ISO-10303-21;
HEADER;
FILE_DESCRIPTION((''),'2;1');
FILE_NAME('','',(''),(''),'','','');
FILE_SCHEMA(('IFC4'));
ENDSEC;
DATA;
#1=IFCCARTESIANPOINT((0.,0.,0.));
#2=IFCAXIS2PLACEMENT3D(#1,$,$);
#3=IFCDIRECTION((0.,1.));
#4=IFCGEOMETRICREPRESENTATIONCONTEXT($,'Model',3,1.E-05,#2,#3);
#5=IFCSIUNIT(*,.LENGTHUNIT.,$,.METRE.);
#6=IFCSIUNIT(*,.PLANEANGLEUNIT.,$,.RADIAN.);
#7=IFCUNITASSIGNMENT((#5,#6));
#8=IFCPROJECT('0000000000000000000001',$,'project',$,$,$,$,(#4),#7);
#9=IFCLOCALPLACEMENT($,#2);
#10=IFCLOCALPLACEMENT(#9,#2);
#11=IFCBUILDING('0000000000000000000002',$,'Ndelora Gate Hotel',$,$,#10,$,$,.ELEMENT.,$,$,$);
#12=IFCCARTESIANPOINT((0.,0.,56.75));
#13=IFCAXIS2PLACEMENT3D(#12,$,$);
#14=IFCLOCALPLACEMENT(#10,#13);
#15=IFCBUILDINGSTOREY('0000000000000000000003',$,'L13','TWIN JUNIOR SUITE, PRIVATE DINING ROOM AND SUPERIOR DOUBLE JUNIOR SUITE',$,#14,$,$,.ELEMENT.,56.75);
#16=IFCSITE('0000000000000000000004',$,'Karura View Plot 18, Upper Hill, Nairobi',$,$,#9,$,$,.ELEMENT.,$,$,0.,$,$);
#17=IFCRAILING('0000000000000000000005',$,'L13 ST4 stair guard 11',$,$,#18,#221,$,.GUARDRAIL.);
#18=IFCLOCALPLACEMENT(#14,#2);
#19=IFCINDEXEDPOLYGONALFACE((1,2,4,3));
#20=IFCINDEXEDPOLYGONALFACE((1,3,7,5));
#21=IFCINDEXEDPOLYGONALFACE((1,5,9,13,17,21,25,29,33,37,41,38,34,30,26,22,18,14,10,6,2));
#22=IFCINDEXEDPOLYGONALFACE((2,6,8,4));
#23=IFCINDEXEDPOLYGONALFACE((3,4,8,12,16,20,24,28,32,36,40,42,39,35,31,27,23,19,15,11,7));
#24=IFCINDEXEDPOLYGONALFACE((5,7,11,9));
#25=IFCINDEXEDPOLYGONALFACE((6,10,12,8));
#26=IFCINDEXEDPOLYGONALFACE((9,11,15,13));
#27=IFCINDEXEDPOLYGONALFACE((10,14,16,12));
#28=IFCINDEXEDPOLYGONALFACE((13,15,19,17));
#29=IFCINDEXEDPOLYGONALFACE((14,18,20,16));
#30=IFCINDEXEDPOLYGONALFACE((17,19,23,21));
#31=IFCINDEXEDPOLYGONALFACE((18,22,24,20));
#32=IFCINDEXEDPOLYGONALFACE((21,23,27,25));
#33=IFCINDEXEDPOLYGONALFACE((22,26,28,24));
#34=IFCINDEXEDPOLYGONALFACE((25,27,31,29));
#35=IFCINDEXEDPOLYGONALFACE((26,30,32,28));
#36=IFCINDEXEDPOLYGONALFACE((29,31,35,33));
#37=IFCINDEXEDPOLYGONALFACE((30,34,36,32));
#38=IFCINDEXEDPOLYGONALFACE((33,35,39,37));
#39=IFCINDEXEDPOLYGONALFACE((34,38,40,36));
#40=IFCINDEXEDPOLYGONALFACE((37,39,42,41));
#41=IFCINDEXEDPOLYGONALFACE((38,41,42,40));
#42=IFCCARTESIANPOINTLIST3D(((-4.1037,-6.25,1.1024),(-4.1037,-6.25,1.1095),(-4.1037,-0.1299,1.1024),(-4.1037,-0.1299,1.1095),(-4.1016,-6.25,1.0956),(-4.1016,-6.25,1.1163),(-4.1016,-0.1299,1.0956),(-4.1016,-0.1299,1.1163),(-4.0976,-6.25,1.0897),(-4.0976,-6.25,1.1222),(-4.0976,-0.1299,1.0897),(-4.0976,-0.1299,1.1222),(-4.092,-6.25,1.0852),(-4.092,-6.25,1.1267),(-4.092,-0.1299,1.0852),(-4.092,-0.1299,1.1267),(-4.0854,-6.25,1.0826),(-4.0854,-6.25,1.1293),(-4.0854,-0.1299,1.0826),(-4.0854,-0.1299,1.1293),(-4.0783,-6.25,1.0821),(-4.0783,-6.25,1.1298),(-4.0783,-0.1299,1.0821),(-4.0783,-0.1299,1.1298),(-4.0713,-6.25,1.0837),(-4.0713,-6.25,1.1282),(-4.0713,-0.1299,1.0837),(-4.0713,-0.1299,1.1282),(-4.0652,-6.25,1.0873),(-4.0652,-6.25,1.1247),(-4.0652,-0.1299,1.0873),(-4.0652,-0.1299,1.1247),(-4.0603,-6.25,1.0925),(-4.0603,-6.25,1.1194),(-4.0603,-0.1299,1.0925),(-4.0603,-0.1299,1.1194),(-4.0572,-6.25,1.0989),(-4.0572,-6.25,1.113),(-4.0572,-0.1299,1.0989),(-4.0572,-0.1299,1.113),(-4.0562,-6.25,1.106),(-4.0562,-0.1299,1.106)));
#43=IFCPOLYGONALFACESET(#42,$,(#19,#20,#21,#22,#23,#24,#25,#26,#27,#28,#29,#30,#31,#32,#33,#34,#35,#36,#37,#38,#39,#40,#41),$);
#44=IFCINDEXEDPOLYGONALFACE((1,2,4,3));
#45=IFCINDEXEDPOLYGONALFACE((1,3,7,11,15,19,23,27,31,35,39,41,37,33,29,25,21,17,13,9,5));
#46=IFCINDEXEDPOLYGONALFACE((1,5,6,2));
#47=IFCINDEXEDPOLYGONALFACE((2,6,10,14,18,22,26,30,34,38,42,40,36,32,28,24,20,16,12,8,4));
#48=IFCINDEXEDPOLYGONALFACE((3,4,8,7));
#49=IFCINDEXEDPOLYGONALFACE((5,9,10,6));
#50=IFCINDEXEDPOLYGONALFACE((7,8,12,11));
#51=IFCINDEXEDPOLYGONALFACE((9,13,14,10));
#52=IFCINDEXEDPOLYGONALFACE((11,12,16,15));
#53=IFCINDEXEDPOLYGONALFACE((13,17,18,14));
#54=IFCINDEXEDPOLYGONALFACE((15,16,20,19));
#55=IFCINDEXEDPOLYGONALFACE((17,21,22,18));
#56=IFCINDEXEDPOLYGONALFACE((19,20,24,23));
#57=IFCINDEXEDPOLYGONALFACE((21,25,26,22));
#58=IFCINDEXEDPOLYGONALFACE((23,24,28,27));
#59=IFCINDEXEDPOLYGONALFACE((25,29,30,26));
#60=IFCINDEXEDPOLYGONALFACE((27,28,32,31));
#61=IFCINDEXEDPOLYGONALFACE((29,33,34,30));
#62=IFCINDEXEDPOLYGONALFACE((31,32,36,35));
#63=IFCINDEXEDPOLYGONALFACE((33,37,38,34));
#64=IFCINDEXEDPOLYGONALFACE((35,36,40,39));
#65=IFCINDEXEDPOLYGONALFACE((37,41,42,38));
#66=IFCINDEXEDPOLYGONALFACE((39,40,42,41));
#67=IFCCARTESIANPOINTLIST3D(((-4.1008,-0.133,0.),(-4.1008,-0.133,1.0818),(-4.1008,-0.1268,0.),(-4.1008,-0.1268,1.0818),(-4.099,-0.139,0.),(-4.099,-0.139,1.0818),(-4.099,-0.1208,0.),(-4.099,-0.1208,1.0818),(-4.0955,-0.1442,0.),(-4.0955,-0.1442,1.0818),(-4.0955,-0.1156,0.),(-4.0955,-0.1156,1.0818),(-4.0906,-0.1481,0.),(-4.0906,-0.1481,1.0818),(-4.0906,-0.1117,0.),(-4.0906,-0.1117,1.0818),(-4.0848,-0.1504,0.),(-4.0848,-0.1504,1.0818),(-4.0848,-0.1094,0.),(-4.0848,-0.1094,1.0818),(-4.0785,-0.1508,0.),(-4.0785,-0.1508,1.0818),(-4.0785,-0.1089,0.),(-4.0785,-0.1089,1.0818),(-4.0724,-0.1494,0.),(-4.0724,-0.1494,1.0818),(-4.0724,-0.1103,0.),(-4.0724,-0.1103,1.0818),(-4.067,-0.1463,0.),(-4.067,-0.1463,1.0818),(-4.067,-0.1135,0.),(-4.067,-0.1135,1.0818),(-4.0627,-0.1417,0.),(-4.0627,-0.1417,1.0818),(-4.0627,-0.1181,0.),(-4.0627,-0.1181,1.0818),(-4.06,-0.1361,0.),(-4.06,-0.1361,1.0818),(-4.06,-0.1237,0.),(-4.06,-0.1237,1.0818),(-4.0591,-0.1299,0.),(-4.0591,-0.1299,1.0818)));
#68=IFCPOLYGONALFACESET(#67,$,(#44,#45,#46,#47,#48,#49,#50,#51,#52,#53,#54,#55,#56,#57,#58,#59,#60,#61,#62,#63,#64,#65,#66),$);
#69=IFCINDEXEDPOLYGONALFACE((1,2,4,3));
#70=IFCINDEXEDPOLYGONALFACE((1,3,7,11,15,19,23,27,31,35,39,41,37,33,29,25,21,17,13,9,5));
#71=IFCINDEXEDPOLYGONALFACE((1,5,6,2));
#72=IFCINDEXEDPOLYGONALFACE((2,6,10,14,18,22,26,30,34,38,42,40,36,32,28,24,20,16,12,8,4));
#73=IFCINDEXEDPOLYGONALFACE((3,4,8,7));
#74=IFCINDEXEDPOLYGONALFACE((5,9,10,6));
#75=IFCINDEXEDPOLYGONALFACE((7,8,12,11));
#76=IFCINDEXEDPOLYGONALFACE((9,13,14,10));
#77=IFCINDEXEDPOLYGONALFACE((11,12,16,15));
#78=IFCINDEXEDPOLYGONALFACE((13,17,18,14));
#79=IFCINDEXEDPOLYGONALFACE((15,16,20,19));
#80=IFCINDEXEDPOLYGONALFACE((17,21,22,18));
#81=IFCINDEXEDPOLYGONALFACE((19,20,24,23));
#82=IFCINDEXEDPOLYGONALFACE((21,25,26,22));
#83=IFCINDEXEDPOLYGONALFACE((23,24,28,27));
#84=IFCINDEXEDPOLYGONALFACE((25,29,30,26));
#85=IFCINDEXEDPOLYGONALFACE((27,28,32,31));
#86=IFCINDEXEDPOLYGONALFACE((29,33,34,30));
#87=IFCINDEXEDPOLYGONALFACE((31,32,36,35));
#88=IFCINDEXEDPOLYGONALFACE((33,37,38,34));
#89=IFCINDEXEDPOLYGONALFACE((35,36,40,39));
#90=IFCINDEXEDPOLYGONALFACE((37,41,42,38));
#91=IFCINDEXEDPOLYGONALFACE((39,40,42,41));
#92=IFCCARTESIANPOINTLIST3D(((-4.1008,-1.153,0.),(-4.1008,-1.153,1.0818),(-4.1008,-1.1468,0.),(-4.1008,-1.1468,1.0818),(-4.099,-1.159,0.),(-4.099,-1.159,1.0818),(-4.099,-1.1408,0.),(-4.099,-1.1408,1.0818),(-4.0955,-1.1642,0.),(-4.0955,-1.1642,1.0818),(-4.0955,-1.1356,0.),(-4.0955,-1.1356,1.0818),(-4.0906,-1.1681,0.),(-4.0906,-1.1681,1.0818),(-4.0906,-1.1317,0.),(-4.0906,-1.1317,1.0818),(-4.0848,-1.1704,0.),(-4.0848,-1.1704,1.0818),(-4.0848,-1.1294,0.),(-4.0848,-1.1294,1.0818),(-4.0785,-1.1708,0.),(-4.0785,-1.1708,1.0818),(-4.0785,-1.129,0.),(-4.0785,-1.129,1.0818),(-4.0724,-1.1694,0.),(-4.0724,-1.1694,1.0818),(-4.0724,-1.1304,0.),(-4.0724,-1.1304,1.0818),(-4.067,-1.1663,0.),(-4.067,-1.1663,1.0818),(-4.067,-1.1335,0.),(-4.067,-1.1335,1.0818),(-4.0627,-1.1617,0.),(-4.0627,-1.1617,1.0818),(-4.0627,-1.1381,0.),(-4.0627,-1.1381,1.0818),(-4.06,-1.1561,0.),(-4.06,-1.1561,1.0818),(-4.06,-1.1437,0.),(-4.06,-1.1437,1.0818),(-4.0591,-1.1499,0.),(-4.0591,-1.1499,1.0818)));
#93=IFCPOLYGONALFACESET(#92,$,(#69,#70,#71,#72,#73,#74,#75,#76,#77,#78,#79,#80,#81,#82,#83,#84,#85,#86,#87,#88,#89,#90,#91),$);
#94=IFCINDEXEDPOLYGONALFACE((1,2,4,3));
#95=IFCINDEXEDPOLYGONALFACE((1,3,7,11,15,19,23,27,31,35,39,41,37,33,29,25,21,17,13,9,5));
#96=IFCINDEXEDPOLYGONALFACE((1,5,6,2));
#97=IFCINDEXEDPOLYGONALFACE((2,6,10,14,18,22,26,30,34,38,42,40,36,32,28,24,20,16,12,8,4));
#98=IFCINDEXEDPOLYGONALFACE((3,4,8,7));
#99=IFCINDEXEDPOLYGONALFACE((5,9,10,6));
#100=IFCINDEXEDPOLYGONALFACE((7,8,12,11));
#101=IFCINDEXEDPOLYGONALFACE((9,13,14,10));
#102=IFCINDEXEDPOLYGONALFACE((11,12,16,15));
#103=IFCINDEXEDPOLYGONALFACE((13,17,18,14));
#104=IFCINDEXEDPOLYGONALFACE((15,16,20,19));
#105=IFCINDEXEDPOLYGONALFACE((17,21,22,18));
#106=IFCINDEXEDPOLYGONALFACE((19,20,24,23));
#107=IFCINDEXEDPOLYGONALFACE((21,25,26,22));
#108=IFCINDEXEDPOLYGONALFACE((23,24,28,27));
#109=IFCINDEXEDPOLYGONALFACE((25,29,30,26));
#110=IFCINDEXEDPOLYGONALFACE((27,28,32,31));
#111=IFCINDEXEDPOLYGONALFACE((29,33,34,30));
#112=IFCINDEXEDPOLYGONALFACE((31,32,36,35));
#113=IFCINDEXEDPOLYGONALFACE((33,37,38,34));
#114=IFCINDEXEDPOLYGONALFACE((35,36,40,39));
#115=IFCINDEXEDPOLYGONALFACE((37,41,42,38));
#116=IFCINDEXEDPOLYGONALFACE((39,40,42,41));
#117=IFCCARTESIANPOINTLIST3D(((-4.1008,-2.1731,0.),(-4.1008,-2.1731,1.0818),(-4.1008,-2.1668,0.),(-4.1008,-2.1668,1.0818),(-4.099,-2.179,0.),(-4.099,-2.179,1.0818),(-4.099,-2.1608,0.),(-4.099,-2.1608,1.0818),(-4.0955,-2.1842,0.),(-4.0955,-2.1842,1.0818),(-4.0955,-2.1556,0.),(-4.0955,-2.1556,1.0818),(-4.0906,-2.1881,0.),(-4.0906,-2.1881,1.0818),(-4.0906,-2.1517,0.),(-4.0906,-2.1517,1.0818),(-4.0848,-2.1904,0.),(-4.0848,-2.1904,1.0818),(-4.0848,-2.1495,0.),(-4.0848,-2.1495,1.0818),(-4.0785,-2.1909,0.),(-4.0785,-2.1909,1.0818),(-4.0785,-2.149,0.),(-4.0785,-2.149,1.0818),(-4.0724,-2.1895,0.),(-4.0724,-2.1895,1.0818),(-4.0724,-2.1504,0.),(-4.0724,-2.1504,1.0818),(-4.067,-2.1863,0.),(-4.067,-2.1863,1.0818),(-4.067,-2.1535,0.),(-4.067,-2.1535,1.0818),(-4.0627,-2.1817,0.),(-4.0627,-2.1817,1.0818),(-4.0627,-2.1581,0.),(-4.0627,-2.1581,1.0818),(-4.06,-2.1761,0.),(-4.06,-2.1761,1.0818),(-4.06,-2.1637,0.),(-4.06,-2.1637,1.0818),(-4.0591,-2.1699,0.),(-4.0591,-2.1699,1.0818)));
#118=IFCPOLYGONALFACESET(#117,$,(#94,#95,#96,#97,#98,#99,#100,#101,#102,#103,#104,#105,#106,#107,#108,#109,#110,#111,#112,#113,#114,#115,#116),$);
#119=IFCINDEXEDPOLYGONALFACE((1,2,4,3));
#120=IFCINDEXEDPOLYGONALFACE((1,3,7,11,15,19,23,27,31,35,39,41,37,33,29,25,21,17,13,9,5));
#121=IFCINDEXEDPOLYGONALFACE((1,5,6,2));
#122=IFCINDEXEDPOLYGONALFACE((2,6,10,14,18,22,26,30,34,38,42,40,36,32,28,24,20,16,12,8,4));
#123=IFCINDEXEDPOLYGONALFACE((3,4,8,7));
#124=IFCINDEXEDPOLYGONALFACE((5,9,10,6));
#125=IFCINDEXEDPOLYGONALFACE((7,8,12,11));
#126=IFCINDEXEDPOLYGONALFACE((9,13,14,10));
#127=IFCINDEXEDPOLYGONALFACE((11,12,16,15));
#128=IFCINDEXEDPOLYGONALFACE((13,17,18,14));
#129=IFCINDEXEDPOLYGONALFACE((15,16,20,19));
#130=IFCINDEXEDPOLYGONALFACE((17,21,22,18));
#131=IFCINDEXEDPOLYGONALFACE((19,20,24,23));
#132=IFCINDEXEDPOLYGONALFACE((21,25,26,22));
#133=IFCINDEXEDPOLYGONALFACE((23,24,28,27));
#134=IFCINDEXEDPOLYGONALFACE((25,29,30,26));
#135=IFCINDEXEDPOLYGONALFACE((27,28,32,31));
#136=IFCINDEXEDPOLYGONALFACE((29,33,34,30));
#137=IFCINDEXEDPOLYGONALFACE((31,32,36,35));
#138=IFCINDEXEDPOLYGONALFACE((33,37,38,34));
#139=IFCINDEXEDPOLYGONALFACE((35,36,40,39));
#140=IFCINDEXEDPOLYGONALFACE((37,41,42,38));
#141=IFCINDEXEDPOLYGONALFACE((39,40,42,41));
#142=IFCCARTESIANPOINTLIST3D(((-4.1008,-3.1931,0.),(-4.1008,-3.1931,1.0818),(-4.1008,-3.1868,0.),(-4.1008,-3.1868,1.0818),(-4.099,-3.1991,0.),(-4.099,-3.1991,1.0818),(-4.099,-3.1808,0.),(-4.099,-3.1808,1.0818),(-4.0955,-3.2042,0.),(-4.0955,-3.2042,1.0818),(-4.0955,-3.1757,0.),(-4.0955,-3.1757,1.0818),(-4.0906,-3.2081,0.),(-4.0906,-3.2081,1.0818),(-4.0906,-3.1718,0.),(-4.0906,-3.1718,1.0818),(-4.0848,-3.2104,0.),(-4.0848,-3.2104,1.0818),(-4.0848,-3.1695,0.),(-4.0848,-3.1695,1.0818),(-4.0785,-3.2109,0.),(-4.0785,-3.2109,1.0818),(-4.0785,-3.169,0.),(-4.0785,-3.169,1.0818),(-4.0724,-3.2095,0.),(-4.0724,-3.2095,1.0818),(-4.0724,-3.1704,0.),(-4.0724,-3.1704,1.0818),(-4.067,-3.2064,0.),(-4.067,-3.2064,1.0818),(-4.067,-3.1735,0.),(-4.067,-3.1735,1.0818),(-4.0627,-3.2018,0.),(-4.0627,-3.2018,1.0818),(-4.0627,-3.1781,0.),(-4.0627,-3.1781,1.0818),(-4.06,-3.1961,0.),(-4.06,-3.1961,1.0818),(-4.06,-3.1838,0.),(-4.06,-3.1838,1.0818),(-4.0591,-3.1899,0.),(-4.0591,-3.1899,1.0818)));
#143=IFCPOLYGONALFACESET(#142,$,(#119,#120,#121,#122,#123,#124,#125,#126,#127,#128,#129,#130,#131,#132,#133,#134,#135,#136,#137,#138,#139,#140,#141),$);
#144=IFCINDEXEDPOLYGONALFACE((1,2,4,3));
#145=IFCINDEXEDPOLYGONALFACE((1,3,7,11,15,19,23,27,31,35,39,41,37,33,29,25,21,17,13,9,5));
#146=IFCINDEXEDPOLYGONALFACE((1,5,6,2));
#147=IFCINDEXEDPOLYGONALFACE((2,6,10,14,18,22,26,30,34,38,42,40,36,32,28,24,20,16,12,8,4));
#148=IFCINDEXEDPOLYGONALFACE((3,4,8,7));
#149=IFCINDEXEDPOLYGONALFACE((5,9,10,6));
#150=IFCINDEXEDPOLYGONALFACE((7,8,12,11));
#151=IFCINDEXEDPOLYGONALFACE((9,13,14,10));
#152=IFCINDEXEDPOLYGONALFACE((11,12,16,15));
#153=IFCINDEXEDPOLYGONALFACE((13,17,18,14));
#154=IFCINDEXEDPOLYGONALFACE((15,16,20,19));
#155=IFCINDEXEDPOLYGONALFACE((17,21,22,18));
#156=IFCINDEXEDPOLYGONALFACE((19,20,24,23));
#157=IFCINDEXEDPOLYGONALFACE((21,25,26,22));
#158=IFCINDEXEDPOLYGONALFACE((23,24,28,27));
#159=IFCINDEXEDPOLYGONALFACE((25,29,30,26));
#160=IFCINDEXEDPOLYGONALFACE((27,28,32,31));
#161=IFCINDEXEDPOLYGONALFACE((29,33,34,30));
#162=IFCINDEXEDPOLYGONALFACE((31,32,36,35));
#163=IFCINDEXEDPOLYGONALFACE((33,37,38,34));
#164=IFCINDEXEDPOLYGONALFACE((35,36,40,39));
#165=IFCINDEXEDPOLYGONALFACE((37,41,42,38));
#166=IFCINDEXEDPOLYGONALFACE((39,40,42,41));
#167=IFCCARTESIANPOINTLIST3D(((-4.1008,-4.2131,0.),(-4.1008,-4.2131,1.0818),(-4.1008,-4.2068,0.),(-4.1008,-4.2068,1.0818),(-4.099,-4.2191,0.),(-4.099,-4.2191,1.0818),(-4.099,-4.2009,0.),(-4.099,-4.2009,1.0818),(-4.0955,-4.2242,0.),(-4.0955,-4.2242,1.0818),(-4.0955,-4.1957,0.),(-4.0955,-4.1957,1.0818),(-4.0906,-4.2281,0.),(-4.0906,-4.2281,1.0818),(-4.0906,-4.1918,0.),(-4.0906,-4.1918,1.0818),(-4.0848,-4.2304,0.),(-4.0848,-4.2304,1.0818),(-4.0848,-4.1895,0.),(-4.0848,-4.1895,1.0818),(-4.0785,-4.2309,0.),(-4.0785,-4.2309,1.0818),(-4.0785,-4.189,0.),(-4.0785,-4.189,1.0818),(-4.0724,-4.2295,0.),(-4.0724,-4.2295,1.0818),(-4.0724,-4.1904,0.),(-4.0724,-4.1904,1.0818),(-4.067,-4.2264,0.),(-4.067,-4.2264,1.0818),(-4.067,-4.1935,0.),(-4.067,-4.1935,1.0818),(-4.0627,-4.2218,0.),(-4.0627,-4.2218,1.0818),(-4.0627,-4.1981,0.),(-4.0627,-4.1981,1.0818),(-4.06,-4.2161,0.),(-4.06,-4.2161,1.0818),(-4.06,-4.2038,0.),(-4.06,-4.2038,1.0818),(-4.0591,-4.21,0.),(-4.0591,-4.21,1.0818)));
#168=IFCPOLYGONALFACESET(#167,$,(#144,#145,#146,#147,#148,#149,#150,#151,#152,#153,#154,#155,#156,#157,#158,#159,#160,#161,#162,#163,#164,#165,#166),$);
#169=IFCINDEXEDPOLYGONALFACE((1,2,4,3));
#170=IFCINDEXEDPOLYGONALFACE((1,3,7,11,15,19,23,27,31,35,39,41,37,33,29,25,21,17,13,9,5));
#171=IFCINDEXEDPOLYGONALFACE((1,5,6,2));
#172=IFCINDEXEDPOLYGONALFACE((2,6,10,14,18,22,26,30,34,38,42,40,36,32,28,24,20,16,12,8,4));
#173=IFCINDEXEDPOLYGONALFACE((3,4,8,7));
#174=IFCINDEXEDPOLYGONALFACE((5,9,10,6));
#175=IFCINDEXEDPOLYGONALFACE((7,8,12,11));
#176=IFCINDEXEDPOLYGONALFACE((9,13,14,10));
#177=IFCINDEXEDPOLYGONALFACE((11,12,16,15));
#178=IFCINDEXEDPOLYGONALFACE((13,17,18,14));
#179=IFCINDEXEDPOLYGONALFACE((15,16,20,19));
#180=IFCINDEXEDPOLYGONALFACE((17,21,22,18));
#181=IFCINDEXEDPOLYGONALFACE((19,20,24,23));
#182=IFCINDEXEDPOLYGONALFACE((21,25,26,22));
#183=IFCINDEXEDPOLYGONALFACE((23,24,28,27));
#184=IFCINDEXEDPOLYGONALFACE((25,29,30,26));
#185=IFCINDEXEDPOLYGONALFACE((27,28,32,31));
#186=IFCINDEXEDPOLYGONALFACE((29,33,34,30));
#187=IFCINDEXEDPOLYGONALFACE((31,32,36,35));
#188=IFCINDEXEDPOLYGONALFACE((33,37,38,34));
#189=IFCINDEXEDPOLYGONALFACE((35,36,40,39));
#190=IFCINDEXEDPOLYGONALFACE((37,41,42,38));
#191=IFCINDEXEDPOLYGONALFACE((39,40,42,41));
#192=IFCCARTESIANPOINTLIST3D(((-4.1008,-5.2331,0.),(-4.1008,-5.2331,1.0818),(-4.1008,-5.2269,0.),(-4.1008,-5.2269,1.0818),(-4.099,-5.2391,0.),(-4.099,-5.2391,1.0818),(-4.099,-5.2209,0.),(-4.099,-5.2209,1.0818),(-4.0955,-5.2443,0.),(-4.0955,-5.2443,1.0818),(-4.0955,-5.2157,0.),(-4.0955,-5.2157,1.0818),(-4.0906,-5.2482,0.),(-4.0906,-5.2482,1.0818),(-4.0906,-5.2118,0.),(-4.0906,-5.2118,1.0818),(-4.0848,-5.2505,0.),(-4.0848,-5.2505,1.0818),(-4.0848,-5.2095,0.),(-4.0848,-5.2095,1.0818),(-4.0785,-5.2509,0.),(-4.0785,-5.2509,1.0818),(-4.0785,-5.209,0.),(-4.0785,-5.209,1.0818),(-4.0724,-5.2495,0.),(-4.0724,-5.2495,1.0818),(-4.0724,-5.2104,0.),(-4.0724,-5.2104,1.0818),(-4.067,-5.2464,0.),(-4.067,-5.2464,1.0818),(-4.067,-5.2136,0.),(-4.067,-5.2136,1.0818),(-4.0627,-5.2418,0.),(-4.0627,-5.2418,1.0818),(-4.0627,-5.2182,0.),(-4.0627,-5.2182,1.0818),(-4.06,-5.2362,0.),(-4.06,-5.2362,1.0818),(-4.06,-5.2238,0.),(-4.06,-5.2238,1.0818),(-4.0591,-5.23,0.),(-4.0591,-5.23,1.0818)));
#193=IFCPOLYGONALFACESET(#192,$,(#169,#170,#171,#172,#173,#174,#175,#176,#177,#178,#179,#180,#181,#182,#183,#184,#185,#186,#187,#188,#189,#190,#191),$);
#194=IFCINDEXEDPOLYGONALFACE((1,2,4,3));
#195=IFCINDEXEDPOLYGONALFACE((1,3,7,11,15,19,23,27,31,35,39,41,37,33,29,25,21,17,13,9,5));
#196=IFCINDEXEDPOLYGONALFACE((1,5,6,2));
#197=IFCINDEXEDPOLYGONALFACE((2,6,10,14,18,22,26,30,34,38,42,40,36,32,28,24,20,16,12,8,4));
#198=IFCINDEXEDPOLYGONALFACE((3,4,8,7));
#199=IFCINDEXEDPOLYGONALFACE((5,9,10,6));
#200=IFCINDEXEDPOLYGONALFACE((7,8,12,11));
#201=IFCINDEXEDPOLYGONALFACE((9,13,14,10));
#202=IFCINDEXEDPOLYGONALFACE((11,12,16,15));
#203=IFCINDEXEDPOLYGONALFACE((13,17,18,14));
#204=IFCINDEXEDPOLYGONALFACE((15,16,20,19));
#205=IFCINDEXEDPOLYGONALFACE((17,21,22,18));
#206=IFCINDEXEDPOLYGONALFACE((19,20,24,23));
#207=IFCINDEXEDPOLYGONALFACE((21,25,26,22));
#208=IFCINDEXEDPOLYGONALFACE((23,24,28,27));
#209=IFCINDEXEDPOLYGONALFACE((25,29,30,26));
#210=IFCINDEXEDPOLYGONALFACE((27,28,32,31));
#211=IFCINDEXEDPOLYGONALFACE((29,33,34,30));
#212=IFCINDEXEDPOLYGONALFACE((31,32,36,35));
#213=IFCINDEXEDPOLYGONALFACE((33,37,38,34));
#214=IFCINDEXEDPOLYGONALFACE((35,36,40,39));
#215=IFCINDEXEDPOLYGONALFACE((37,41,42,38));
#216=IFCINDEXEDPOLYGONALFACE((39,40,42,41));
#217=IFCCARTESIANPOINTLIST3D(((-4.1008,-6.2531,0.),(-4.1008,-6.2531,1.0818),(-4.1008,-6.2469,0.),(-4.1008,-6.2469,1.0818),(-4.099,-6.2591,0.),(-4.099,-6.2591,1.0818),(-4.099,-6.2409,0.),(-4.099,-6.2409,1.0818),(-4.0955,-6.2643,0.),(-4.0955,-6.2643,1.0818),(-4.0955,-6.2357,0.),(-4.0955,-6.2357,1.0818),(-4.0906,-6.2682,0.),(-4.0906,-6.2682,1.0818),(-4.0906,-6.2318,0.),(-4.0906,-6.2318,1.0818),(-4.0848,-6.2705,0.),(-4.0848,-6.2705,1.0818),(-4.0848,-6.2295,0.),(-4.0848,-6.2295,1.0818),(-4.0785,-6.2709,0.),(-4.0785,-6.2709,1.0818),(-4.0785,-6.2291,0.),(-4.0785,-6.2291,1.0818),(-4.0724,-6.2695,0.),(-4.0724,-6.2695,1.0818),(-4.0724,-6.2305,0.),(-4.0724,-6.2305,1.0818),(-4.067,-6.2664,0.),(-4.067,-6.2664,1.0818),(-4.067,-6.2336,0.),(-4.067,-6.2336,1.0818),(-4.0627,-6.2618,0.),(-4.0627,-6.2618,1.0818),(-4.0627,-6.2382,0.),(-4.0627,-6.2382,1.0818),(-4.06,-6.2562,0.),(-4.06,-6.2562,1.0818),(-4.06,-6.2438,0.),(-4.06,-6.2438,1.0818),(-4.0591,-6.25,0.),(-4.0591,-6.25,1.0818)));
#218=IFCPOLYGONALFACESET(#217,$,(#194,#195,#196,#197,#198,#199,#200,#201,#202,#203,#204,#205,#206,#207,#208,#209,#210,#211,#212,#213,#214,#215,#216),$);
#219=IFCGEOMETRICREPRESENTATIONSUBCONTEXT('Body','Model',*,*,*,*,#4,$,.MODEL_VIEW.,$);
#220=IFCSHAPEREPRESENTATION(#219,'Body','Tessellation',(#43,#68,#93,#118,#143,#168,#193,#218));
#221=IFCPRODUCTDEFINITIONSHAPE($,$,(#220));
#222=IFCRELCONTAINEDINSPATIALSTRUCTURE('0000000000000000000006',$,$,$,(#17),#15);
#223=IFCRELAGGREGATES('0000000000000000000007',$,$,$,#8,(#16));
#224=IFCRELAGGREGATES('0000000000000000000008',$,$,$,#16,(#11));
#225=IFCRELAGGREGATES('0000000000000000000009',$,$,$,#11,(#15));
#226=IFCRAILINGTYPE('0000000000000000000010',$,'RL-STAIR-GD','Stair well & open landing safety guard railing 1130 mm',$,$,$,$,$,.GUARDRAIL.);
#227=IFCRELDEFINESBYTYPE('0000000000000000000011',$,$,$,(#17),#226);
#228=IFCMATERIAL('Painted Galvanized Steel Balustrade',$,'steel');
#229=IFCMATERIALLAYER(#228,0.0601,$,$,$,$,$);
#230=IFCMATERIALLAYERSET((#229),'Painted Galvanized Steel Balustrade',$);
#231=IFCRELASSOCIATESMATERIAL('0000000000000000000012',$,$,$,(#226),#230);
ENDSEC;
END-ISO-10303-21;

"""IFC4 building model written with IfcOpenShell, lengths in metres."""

from ifc_helpers import new_model, si_unit, direction, frame, origin, origin_2d, place, context, subcontext, project, spatial, circle, extrude, material, layer, layer_set, type_object, element, save


model = new_model("IFC4")

# Units and contexts
model_context = context("Model", 3, precision=1e-05, world=origin(), true_north=direction((0.0, 1.0)))
body_context = subcontext(model_context, "Body", "Model", "MODEL_VIEW")
ifc_project = project(units=[si_unit("LENGTHUNIT", "METRE"), si_unit("PLANEANGLEUNIT", "RADIAN")], contexts=[model_context])

# Site, building, storey
site_placement = place(None, origin())
site = spatial("IfcSite", under=ifc_project, at=site_placement, Name="Karura View Plot 18, Upper Hill, Nairobi", CompositionType="ELEMENT", RefElevation=0.0)
building_placement = place(site_placement, origin())
building = spatial("IfcBuilding", under=site, at=building_placement, Name="Ndelora Gate Hotel", CompositionType="ELEMENT")
storey_placement = place(building_placement, frame((0.0, 0.0, 56.75)))
storey = spatial("IfcBuildingStorey", under=building, at=storey_placement, Name="L13", Description="TWIN JUNIOR SUITE, PRIVATE DINING ROOM AND SUPERIOR DOUBLE JUNIOR SUITE", CompositionType="ELEMENT", Elevation=56.75)

# Railing
ifc_material_1 = material(Name="Painted Galvanized Steel Balustrade", Category="steel")
ifc_layer_1 = layer(ifc_material_1, 0.0601)
ifc_layer_set_1 = layer_set([ifc_layer_1], Name="Painted Galvanized Steel Balustrade")
railing_type = type_object("IfcRailingType", Name="RL-STAIR-GD", Description="Stair well & open landing safety guard railing 1130 mm", PredefinedType="GUARDRAIL", material=ifc_layer_set_1)
railing_1_placement = place(storey_placement, frame((-4.0801, -0.1299, 0.0)))
element("IfcRailing", 1, at=railing_1_placement, inside=storey, type_object=railing_type, Name="L13 ST4 stair guard 11", PredefinedType="GUARDRAIL", context=body_context, shape_type="SweptSolid", body=[
    extrude(circle(Radius=0.0239, at=origin_2d()), frame((0.0, 0.0, 1.106), z_axis=(0.0, -1.0, 0.0), x_axis=(1.0, 0.0, 0.0)), (0.0, 0.0, 1.0), 6.1201),
    extrude(circle(Radius=0.021, at=origin_2d()), origin(), (0.0, 0.0, 1.0), 1.0818),
    extrude(circle(Radius=0.021, at=origin_2d()), frame((0.0, -1.02, 0.0)), (0.0, 0.0, 1.0), 1.0818),
    extrude(circle(Radius=0.021, at=origin_2d()), frame((0.0, -2.04, 0.0)), (0.0, 0.0, 1.0), 1.0818),
    extrude(circle(Radius=0.021, at=origin_2d()), frame((0.0, -3.0601, 0.0)), (0.0, 0.0, 1.0), 1.0818),
    extrude(circle(Radius=0.021, at=origin_2d()), frame((0.0, -4.0801, 0.0)), (0.0, 0.0, 1.0), 1.0818),
    extrude(circle(Radius=0.021, at=origin_2d()), frame((0.0, -5.1001, 0.0)), (0.0, 0.0, 1.0), 1.0818),
    extrude(circle(Radius=0.021, at=origin_2d()), frame((0.0, -6.1201, 0.0)), (0.0, 0.0, 1.0), 1.0818),
])

save(model, "model.ifc")
